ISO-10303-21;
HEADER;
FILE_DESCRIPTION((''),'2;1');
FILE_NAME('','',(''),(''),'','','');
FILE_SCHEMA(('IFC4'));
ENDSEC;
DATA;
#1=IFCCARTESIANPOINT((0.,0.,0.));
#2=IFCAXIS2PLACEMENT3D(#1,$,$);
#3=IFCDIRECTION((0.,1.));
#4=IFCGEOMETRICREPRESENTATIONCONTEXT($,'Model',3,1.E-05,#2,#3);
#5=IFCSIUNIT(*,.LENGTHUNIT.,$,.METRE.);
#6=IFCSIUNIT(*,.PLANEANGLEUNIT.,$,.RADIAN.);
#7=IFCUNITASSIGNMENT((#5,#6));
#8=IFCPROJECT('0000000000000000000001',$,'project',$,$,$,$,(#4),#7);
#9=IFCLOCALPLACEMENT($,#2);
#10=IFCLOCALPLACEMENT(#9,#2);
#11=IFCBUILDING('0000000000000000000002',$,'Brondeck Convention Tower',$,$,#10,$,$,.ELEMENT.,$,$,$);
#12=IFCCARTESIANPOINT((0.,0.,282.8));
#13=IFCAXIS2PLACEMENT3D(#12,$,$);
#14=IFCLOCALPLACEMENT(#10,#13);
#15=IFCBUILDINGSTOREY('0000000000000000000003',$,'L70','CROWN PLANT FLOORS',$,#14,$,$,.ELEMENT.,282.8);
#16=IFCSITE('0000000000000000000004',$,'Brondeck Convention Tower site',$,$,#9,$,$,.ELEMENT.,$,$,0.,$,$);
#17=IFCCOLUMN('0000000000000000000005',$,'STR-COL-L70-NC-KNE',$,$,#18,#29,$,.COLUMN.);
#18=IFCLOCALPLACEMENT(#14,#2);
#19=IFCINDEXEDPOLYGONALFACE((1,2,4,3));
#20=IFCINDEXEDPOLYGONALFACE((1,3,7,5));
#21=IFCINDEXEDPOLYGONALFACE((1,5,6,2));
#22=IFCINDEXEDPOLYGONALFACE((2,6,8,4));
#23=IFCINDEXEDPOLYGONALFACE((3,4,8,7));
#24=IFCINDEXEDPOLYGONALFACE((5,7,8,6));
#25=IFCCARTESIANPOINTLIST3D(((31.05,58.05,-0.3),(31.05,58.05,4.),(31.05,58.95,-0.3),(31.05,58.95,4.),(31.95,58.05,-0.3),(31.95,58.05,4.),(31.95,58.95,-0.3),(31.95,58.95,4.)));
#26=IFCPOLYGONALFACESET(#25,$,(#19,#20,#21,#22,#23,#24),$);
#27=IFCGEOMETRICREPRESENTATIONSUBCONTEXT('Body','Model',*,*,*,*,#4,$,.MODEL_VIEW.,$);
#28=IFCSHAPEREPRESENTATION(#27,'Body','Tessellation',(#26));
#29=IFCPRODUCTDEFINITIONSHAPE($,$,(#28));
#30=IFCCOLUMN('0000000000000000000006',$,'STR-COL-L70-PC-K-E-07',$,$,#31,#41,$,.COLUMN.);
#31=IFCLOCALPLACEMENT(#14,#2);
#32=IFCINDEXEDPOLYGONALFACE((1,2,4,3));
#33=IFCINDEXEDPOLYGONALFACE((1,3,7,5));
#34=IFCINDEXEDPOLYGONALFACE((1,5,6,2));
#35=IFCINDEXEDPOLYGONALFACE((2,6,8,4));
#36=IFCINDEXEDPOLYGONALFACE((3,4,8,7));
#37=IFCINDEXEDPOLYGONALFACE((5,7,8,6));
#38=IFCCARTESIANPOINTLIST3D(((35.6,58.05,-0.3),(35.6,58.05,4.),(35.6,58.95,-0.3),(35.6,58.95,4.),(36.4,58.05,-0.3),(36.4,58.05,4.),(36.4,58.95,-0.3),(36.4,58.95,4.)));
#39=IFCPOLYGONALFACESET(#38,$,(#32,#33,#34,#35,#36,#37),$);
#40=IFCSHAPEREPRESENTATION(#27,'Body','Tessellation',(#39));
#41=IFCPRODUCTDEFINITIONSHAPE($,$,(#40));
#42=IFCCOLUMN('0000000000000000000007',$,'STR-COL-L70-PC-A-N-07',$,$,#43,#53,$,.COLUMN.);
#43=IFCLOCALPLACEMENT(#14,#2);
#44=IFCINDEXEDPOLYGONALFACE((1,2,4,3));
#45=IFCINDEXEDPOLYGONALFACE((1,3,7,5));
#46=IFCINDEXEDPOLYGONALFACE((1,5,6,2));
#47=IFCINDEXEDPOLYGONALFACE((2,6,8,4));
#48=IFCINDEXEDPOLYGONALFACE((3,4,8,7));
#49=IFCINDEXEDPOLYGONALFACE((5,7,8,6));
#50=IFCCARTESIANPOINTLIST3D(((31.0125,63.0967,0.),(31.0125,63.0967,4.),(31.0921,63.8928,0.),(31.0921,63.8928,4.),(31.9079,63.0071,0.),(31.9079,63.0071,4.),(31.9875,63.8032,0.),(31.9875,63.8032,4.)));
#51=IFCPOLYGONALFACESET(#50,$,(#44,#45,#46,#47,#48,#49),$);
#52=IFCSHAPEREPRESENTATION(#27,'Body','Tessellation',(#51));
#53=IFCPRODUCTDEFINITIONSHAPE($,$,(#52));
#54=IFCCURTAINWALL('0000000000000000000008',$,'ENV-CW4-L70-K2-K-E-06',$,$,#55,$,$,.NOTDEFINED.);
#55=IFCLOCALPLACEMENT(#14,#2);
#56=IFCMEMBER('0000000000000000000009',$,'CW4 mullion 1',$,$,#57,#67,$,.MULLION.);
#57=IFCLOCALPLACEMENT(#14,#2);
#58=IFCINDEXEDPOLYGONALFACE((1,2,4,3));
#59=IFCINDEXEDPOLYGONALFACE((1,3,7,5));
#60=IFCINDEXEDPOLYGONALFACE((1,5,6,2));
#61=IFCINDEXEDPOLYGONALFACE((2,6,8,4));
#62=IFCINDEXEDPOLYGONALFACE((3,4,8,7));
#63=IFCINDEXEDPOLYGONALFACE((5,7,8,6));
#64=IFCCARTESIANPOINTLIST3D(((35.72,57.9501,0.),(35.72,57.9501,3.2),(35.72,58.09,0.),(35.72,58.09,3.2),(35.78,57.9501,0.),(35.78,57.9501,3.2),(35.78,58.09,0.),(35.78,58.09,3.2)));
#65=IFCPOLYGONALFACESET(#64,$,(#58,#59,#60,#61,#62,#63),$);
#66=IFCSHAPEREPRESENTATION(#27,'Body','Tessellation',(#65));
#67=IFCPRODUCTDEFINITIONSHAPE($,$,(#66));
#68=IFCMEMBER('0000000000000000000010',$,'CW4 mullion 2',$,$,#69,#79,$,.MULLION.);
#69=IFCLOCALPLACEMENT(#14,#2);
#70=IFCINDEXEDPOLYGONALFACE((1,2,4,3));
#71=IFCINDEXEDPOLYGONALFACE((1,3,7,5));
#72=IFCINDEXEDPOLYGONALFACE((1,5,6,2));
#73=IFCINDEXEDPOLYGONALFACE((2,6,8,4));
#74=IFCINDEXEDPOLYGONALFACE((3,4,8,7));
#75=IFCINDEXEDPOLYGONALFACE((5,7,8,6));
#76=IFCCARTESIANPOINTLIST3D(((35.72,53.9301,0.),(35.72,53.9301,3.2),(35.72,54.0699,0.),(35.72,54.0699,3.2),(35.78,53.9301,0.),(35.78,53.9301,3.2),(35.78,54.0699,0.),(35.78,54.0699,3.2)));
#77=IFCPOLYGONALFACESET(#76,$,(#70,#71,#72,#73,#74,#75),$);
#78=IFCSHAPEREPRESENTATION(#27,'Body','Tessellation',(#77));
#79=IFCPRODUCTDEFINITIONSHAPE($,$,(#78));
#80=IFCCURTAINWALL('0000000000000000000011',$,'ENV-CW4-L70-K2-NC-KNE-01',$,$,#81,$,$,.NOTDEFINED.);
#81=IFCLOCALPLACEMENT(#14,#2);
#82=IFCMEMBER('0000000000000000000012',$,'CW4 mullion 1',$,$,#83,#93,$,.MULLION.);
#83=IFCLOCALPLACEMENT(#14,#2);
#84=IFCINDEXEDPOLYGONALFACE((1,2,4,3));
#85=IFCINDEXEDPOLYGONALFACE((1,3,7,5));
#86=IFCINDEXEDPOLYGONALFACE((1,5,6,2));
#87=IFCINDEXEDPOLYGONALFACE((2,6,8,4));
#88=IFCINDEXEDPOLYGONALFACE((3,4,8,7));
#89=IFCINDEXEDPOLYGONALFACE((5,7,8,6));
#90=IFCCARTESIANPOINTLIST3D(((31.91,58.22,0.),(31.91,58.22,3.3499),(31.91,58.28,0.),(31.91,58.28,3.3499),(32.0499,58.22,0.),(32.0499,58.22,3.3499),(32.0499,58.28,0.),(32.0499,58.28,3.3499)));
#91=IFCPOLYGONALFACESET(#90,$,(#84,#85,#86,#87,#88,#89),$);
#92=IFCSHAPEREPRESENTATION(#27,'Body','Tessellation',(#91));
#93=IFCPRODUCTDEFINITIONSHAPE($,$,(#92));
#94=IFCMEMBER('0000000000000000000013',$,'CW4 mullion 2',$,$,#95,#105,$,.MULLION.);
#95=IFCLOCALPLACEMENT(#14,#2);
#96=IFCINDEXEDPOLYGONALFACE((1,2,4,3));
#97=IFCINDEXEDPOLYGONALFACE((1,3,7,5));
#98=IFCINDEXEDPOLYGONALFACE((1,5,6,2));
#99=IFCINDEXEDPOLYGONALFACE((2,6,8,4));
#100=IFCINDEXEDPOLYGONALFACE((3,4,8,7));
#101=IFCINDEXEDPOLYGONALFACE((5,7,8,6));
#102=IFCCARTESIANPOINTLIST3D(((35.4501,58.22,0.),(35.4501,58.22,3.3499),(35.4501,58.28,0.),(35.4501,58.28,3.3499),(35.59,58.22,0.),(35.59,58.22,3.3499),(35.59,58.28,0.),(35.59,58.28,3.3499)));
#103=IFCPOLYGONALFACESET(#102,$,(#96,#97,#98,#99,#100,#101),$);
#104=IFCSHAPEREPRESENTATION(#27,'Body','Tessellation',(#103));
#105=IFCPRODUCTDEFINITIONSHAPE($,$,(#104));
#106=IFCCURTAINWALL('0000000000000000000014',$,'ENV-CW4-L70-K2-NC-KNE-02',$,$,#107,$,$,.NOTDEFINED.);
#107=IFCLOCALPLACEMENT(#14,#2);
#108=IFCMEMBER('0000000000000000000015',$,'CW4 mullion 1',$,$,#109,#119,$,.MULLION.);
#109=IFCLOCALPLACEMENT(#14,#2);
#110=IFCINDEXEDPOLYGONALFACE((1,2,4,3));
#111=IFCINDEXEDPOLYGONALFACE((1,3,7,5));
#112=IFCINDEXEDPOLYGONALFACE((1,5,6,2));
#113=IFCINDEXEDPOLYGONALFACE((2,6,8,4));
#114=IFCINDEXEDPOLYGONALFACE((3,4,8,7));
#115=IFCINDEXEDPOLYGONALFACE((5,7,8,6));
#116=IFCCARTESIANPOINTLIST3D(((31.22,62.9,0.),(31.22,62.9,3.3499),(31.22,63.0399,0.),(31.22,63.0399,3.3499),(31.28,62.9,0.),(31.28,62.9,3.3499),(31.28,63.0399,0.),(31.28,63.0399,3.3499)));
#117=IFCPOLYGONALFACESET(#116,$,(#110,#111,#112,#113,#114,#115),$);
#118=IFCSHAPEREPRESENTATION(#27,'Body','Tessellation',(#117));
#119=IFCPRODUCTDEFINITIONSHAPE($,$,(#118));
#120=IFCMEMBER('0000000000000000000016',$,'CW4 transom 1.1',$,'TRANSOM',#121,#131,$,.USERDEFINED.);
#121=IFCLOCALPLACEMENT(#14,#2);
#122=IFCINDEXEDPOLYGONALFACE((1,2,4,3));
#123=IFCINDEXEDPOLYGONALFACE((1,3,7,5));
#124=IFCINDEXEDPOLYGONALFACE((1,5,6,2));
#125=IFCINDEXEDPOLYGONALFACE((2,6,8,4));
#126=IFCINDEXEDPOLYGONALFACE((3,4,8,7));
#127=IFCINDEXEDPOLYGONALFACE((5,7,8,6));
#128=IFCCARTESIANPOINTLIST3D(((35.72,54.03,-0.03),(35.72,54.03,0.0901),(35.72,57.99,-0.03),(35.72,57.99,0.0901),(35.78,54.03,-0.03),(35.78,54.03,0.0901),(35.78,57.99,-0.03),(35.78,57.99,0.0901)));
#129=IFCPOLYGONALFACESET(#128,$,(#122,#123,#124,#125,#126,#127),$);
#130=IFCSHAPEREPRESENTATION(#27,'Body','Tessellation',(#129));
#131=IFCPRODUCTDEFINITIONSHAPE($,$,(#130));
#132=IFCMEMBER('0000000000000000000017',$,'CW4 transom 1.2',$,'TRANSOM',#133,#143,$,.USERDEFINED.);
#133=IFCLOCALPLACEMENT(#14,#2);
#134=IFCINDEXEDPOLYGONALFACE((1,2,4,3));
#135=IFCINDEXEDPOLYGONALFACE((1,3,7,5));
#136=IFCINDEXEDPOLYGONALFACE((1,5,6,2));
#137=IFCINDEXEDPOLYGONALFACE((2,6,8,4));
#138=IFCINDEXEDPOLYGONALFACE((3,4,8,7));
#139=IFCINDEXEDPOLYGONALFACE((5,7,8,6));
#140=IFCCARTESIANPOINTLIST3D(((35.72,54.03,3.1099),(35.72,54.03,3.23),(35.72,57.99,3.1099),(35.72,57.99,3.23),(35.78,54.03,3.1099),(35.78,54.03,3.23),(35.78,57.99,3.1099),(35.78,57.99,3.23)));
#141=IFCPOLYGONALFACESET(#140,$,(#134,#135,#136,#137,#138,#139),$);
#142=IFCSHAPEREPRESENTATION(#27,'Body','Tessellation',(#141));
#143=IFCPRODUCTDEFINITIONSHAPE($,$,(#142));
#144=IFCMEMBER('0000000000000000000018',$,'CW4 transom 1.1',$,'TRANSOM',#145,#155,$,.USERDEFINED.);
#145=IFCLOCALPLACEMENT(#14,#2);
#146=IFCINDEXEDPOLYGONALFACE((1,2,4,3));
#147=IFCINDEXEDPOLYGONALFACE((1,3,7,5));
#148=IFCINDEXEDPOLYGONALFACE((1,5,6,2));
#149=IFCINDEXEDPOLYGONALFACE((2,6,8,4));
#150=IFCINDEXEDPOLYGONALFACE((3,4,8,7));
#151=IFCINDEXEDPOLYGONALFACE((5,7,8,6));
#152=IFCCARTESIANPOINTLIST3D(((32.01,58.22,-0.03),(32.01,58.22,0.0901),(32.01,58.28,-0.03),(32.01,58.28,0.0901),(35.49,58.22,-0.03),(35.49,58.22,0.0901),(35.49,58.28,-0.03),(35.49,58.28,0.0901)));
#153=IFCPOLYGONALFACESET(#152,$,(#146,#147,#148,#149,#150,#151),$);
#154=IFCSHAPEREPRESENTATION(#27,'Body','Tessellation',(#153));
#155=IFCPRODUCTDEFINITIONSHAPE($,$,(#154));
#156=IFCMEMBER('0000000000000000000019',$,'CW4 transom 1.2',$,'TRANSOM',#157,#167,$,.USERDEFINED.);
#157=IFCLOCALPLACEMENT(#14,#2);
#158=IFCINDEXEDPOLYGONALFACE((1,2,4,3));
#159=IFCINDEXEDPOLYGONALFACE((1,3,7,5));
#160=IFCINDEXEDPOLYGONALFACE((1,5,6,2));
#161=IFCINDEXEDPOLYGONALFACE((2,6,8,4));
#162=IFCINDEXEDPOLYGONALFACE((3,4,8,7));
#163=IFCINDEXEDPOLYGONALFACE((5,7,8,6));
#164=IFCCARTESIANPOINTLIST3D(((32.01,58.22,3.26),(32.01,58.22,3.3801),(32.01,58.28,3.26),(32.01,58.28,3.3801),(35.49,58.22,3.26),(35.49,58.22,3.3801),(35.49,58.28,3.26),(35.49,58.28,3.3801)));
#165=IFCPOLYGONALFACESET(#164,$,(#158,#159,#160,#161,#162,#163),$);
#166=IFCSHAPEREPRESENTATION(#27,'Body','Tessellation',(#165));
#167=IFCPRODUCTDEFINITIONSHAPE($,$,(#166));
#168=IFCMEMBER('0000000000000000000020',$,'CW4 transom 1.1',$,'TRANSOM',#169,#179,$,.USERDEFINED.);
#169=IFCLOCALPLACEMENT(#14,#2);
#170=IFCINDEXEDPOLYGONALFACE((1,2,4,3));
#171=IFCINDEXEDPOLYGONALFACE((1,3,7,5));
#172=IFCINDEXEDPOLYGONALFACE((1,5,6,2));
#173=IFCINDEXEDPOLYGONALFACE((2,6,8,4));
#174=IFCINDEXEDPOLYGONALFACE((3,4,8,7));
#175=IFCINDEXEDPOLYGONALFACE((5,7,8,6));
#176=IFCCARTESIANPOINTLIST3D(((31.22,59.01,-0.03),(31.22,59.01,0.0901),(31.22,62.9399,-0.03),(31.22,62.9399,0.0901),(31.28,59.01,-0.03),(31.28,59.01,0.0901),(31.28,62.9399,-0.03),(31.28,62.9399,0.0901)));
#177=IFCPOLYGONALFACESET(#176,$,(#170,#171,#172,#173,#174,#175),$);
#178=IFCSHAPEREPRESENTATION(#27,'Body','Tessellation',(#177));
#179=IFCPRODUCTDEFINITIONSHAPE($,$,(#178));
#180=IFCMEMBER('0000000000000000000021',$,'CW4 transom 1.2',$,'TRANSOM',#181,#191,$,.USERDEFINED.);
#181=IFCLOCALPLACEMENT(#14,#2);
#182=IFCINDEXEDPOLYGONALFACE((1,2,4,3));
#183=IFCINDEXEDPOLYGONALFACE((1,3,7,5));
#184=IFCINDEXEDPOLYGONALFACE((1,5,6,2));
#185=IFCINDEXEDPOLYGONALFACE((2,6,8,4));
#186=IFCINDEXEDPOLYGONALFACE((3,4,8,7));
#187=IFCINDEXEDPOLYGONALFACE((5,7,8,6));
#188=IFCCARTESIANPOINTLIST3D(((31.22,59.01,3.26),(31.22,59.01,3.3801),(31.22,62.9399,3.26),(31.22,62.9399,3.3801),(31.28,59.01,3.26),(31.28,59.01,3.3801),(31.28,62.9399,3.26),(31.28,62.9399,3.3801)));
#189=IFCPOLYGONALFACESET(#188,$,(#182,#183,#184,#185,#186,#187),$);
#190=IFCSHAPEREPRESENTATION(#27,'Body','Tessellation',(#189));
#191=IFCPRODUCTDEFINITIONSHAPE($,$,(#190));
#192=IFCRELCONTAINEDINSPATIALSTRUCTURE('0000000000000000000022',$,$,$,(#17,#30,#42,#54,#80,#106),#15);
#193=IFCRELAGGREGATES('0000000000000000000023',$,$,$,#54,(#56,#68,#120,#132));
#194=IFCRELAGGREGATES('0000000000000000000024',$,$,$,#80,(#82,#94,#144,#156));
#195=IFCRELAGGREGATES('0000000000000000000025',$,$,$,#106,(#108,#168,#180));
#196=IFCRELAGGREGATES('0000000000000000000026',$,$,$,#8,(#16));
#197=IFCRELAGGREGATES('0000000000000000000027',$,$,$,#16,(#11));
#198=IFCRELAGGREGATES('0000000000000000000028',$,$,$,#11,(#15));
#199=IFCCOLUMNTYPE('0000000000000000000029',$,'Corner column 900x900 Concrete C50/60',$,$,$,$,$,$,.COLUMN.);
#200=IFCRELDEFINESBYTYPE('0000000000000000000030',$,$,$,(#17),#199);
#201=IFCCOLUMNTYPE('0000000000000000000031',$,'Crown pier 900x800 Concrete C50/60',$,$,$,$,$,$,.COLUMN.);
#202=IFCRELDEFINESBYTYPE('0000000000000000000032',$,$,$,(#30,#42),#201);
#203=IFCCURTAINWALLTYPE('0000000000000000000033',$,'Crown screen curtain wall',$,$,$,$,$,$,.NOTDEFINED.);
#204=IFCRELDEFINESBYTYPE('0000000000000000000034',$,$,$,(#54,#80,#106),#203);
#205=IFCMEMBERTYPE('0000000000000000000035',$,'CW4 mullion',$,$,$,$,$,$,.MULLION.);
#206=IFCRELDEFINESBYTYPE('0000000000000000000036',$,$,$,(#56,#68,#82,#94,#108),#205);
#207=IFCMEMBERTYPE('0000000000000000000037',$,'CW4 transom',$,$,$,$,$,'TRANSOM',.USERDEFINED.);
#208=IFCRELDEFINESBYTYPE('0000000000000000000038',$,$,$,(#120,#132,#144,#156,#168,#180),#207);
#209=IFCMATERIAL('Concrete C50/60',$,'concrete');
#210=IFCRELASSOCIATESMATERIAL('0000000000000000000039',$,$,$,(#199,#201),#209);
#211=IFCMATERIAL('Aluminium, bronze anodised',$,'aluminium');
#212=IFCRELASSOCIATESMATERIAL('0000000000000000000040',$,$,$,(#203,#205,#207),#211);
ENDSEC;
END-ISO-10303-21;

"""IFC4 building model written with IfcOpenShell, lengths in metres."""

from ifc_helpers import new_model, si_unit, direction, frame, origin, origin_2d, place, context, subcontext, project, spatial, rectangle, extrude, material, material_profile, profile_set, type_object, element, aggregate, save


model = new_model("IFC4")

# Units and contexts
model_context = context("Model", 3, precision=1e-05, world=origin(), true_north=direction((0.0, 1.0)))
body_context = subcontext(model_context, "Body", "Model", "MODEL_VIEW")
ifc_project = project(units=[si_unit("LENGTHUNIT", "METRE"), si_unit("PLANEANGLEUNIT", "RADIAN")], contexts=[model_context])

# Site, building, storey
site_placement = place(None, origin())
site = spatial("IfcSite", under=ifc_project, at=site_placement, Name="Brondeck Convention Tower site", CompositionType="ELEMENT", RefElevation=0.0)
building_placement = place(site_placement, origin())
building = spatial("IfcBuilding", under=site, at=building_placement, Name="Brondeck Convention Tower", CompositionType="ELEMENT")
storey_placement = place(building_placement, frame((0.0, 0.0, 282.8)))
storey = spatial("IfcBuildingStorey", under=building, at=storey_placement, Name="L70", Description="CROWN PLANT FLOORS", CompositionType="ELEMENT", Elevation=282.8)

# Columns
ifc_material_1 = material(Name="Concrete C50/60", Category="concrete")
ifc_material_profile_1 = material_profile(ifc_material_1, rectangle(XDim=0.8999, YDim=0.8999, at=origin_2d()), Name="Corner column 900x900 Concrete C50/60")
ifc_profile_set_1 = profile_set([ifc_material_profile_1], Name="Concrete C50/60")
column_type_1 = type_object("IfcColumnType", Name="Corner column 900x900 Concrete C50/60", PredefinedType="COLUMN", material=ifc_profile_set_1)
column_1_placement = place(storey_placement, frame((31.5, 58.5, -0.3), z_axis=(0.0, 0.0, 1.0), x_axis=(1.0, 0.0, 0.0)))
element("IfcColumn", 1, at=column_1_placement, inside=storey, type_object=column_type_1, Name="STR-COL-L70-NC-KNE", PredefinedType="COLUMN", context=body_context, shape_type="SweptSolid", body=[
    extrude(rectangle(XDim=0.8999, YDim=0.8999, at=origin_2d()), origin(), (0.0, 0.0, 1.0), 4.3),
])
ifc_material_profile_2 = material_profile(ifc_material_1, rectangle(XDim=0.8999, YDim=0.8, at=origin_2d()), Name="Crown pier 900x800 Concrete C50/60")
ifc_profile_set_2 = profile_set([ifc_material_profile_2], Name="Concrete C50/60")
column_type_2 = type_object("IfcColumnType", Name="Crown pier 900x800 Concrete C50/60", PredefinedType="COLUMN", material=ifc_profile_set_2)
column_2_placement = place(storey_placement, frame((36.0, 58.5, -0.3), z_axis=(0.0, 0.0, 1.0), x_axis=(0.0, 1.0, 0.0)))
element("IfcColumn", 2, at=column_2_placement, inside=storey, type_object=column_type_2, Name="STR-COL-L70-PC-K-E-07", PredefinedType="COLUMN", context=body_context, shape_type="SweptSolid", body=[
    extrude(rectangle(XDim=0.8999, YDim=0.8, at=origin_2d()), origin(), (0.0, 0.0, 1.0), 4.3),
])
column_3_placement = place(storey_placement, frame((31.5, 63.45, 0.0), z_axis=(0.0, 0.0, 1.0), x_axis=(-0.995037, 0.099504, 0.0)))
element("IfcColumn", 3, at=column_3_placement, inside=storey, type_object=column_type_2, Name="STR-COL-L70-PC-A-N-07", PredefinedType="COLUMN", context=body_context, shape_type="SweptSolid", body=[
    extrude(rectangle(XDim=0.8999, YDim=0.8, at=origin_2d()), origin(), (0.0, 0.0, 1.0), 4.0),
])

# Curtain walls, members
ifc_material_2 = material(Name="Aluminium, bronze anodised", Category="aluminium")
curtain_wall_type = type_object("IfcCurtainWallType", Name="Crown screen curtain wall", PredefinedType="NOTDEFINED", material=ifc_material_2)
curtain_wall_1_placement = place(storey_placement, origin())
curtain_wall_1 = element("IfcCurtainWall", 4, at=curtain_wall_1_placement, inside=storey, type_object=curtain_wall_type, Name="ENV-CW4-L70-K2-K-E-06", PredefinedType="NOTDEFINED")
ifc_material_profile_3 = material_profile(ifc_material_2, rectangle(XDim=0.0601, YDim=0.1399, at=origin_2d()), Name="CW4 mullion")
ifc_profile_set_3 = profile_set([ifc_material_profile_3], Name="Aluminium, bronze anodised")
member_type_1 = type_object("IfcMemberType", Name="CW4 mullion", PredefinedType="MULLION", material=ifc_profile_set_3)
member_1_placement = place(storey_placement, frame((35.75, 58.02, 0.0), z_axis=(0.0, 0.0, 1.0), x_axis=(1.0, 0.0, 0.0)))
member_1 = element("IfcMember", 5, at=member_1_placement, type_object=member_type_1, Name="CW4 mullion 1", PredefinedType="MULLION", context=body_context, shape_type="SweptSolid", body=[
    extrude(rectangle(XDim=0.0601, YDim=0.1399, at=origin_2d()), origin(), (0.0, 0.0, 1.0), 3.2),
])
member_2_placement = place(storey_placement, frame((35.75, 54.0, 0.0), z_axis=(0.0, 0.0, 1.0), x_axis=(1.0, 0.0, 0.0)))
member_2 = element("IfcMember", 6, at=member_2_placement, type_object=member_type_1, Name="CW4 mullion 2", PredefinedType="MULLION", context=body_context, shape_type="SweptSolid", body=[
    extrude(rectangle(XDim=0.0601, YDim=0.1399, at=origin_2d()), origin(), (0.0, 0.0, 1.0), 3.2),
])
curtain_wall_2_placement = place(storey_placement, origin())
curtain_wall_2 = element("IfcCurtainWall", 7, at=curtain_wall_2_placement, inside=storey, type_object=curtain_wall_type, Name="ENV-CW4-L70-K2-NC-KNE-01", PredefinedType="NOTDEFINED")
member_3_placement = place(storey_placement, frame((31.98, 58.25, 0.0), z_axis=(0.0, 0.0, 1.0), x_axis=(0.0, 1.0, 0.0)))
member_3 = element("IfcMember", 8, at=member_3_placement, type_object=member_type_1, Name="CW4 mullion 1", PredefinedType="MULLION", context=body_context, shape_type="SweptSolid", body=[
    extrude(rectangle(XDim=0.0601, YDim=0.1399, at=origin_2d()), origin(), (0.0, 0.0, 1.0), 3.3499),
])
member_4_placement = place(storey_placement, frame((35.52, 58.25, 0.0), z_axis=(0.0, 0.0, 1.0), x_axis=(0.0, 1.0, 0.0)))
member_4 = element("IfcMember", 9, at=member_4_placement, type_object=member_type_1, Name="CW4 mullion 2", PredefinedType="MULLION", context=body_context, shape_type="SweptSolid", body=[
    extrude(rectangle(XDim=0.0601, YDim=0.1399, at=origin_2d()), origin(), (0.0, 0.0, 1.0), 3.3499),
])

# Curtain wall, member
curtain_wall_3_placement = place(storey_placement, origin())
curtain_wall_3 = element("IfcCurtainWall", 10, at=curtain_wall_3_placement, inside=storey, type_object=curtain_wall_type, Name="ENV-CW4-L70-K2-NC-KNE-02", PredefinedType="NOTDEFINED")
member_5_placement = place(storey_placement, frame((31.25, 62.97, 0.0), z_axis=(0.0, 0.0, 1.0), x_axis=(1.0, 0.0, 0.0)))
member_5 = element("IfcMember", 11, at=member_5_placement, type_object=member_type_1, Name="CW4 mullion 1", PredefinedType="MULLION", context=body_context, shape_type="SweptSolid", body=[
    extrude(rectangle(XDim=0.0601, YDim=0.1399, at=origin_2d()), origin(), (0.0, 0.0, 1.0), 3.3499),
])

# Members
ifc_material_profile_4 = material_profile(ifc_material_2, rectangle(XDim=0.0601, YDim=0.1201, at=origin_2d()), Name="CW4 transom")
ifc_profile_set_4 = profile_set([ifc_material_profile_4], Name="Aluminium, bronze anodised")
member_type_2 = type_object("IfcMemberType", Name="CW4 transom", ElementType="TRANSOM", PredefinedType="USERDEFINED", material=ifc_profile_set_4)
member_6_placement = place(storey_placement, frame((35.75, 57.99, 0.03), z_axis=(0.0, -1.0, 0.0), x_axis=(1.0, 0.0, 0.0)))
member_6 = element("IfcMember", 12, at=member_6_placement, type_object=member_type_2, Name="CW4 transom 1.1", ObjectType="TRANSOM", PredefinedType="USERDEFINED", context=body_context, shape_type="SweptSolid", body=[
    extrude(rectangle(XDim=0.0601, YDim=0.1201, at=origin_2d()), origin(), (0.0, 0.0, 1.0), 3.96),
])
member_7_placement = place(storey_placement, frame((35.75, 57.99, 3.1699), z_axis=(0.0, -1.0, 0.0), x_axis=(1.0, 0.0, 0.0)))
member_7 = element("IfcMember", 13, at=member_7_placement, type_object=member_type_2, Name="CW4 transom 1.2", ObjectType="TRANSOM", PredefinedType="USERDEFINED", context=body_context, shape_type="SweptSolid", body=[
    extrude(rectangle(XDim=0.0601, YDim=0.1201, at=origin_2d()), origin(), (0.0, 0.0, 1.0), 3.96),
])
member_8_placement = place(storey_placement, frame((32.01, 58.25, 0.03), z_axis=(1.0, 0.0, 0.0), x_axis=(0.0, 1.0, 0.0)))
member_8 = element("IfcMember", 14, at=member_8_placement, type_object=member_type_2, Name="CW4 transom 1.1", ObjectType="TRANSOM", PredefinedType="USERDEFINED", context=body_context, shape_type="SweptSolid", body=[
    extrude(rectangle(XDim=0.0601, YDim=0.1201, at=origin_2d()), origin(), (0.0, 0.0, 1.0), 3.48),
])
member_9_placement = place(storey_placement, frame((32.01, 58.25, 3.3201), z_axis=(1.0, 0.0, 0.0), x_axis=(0.0, 1.0, 0.0)))
member_9 = element("IfcMember", 15, at=member_9_placement, type_object=member_type_2, Name="CW4 transom 1.2", ObjectType="TRANSOM", PredefinedType="USERDEFINED", context=body_context, shape_type="SweptSolid", body=[
    extrude(rectangle(XDim=0.0601, YDim=0.1201, at=origin_2d()), origin(), (0.0, 0.0, 1.0), 3.48),
])
member_10_placement = place(storey_placement, frame((31.25, 62.9399, 0.03), z_axis=(0.0, -1.0, 0.0), x_axis=(1.0, 0.0, 0.0)))
member_10 = element("IfcMember", 16, at=member_10_placement, type_object=member_type_2, Name="CW4 transom 1.1", ObjectType="TRANSOM", PredefinedType="USERDEFINED", context=body_context, shape_type="SweptSolid", body=[
    extrude(rectangle(XDim=0.0601, YDim=0.1201, at=origin_2d()), origin(), (0.0, 0.0, 1.0), 3.9299),
])
member_11_placement = place(storey_placement, frame((31.25, 62.9399, 3.3201), z_axis=(0.0, -1.0, 0.0), x_axis=(1.0, 0.0, 0.0)))
member_11 = element("IfcMember", 17, at=member_11_placement, type_object=member_type_2, Name="CW4 transom 1.2", ObjectType="TRANSOM", PredefinedType="USERDEFINED", context=body_context, shape_type="SweptSolid", body=[
    extrude(rectangle(XDim=0.0601, YDim=0.1201, at=origin_2d()), origin(), (0.0, 0.0, 1.0), 3.9299),
])

aggregate(curtain_wall_1, [member_1, member_2, member_6, member_7])
aggregate(curtain_wall_2, [member_3, member_4, member_8, member_9])
aggregate(curtain_wall_3, [member_5, member_10, member_11])

save(model, "model.ifc")
